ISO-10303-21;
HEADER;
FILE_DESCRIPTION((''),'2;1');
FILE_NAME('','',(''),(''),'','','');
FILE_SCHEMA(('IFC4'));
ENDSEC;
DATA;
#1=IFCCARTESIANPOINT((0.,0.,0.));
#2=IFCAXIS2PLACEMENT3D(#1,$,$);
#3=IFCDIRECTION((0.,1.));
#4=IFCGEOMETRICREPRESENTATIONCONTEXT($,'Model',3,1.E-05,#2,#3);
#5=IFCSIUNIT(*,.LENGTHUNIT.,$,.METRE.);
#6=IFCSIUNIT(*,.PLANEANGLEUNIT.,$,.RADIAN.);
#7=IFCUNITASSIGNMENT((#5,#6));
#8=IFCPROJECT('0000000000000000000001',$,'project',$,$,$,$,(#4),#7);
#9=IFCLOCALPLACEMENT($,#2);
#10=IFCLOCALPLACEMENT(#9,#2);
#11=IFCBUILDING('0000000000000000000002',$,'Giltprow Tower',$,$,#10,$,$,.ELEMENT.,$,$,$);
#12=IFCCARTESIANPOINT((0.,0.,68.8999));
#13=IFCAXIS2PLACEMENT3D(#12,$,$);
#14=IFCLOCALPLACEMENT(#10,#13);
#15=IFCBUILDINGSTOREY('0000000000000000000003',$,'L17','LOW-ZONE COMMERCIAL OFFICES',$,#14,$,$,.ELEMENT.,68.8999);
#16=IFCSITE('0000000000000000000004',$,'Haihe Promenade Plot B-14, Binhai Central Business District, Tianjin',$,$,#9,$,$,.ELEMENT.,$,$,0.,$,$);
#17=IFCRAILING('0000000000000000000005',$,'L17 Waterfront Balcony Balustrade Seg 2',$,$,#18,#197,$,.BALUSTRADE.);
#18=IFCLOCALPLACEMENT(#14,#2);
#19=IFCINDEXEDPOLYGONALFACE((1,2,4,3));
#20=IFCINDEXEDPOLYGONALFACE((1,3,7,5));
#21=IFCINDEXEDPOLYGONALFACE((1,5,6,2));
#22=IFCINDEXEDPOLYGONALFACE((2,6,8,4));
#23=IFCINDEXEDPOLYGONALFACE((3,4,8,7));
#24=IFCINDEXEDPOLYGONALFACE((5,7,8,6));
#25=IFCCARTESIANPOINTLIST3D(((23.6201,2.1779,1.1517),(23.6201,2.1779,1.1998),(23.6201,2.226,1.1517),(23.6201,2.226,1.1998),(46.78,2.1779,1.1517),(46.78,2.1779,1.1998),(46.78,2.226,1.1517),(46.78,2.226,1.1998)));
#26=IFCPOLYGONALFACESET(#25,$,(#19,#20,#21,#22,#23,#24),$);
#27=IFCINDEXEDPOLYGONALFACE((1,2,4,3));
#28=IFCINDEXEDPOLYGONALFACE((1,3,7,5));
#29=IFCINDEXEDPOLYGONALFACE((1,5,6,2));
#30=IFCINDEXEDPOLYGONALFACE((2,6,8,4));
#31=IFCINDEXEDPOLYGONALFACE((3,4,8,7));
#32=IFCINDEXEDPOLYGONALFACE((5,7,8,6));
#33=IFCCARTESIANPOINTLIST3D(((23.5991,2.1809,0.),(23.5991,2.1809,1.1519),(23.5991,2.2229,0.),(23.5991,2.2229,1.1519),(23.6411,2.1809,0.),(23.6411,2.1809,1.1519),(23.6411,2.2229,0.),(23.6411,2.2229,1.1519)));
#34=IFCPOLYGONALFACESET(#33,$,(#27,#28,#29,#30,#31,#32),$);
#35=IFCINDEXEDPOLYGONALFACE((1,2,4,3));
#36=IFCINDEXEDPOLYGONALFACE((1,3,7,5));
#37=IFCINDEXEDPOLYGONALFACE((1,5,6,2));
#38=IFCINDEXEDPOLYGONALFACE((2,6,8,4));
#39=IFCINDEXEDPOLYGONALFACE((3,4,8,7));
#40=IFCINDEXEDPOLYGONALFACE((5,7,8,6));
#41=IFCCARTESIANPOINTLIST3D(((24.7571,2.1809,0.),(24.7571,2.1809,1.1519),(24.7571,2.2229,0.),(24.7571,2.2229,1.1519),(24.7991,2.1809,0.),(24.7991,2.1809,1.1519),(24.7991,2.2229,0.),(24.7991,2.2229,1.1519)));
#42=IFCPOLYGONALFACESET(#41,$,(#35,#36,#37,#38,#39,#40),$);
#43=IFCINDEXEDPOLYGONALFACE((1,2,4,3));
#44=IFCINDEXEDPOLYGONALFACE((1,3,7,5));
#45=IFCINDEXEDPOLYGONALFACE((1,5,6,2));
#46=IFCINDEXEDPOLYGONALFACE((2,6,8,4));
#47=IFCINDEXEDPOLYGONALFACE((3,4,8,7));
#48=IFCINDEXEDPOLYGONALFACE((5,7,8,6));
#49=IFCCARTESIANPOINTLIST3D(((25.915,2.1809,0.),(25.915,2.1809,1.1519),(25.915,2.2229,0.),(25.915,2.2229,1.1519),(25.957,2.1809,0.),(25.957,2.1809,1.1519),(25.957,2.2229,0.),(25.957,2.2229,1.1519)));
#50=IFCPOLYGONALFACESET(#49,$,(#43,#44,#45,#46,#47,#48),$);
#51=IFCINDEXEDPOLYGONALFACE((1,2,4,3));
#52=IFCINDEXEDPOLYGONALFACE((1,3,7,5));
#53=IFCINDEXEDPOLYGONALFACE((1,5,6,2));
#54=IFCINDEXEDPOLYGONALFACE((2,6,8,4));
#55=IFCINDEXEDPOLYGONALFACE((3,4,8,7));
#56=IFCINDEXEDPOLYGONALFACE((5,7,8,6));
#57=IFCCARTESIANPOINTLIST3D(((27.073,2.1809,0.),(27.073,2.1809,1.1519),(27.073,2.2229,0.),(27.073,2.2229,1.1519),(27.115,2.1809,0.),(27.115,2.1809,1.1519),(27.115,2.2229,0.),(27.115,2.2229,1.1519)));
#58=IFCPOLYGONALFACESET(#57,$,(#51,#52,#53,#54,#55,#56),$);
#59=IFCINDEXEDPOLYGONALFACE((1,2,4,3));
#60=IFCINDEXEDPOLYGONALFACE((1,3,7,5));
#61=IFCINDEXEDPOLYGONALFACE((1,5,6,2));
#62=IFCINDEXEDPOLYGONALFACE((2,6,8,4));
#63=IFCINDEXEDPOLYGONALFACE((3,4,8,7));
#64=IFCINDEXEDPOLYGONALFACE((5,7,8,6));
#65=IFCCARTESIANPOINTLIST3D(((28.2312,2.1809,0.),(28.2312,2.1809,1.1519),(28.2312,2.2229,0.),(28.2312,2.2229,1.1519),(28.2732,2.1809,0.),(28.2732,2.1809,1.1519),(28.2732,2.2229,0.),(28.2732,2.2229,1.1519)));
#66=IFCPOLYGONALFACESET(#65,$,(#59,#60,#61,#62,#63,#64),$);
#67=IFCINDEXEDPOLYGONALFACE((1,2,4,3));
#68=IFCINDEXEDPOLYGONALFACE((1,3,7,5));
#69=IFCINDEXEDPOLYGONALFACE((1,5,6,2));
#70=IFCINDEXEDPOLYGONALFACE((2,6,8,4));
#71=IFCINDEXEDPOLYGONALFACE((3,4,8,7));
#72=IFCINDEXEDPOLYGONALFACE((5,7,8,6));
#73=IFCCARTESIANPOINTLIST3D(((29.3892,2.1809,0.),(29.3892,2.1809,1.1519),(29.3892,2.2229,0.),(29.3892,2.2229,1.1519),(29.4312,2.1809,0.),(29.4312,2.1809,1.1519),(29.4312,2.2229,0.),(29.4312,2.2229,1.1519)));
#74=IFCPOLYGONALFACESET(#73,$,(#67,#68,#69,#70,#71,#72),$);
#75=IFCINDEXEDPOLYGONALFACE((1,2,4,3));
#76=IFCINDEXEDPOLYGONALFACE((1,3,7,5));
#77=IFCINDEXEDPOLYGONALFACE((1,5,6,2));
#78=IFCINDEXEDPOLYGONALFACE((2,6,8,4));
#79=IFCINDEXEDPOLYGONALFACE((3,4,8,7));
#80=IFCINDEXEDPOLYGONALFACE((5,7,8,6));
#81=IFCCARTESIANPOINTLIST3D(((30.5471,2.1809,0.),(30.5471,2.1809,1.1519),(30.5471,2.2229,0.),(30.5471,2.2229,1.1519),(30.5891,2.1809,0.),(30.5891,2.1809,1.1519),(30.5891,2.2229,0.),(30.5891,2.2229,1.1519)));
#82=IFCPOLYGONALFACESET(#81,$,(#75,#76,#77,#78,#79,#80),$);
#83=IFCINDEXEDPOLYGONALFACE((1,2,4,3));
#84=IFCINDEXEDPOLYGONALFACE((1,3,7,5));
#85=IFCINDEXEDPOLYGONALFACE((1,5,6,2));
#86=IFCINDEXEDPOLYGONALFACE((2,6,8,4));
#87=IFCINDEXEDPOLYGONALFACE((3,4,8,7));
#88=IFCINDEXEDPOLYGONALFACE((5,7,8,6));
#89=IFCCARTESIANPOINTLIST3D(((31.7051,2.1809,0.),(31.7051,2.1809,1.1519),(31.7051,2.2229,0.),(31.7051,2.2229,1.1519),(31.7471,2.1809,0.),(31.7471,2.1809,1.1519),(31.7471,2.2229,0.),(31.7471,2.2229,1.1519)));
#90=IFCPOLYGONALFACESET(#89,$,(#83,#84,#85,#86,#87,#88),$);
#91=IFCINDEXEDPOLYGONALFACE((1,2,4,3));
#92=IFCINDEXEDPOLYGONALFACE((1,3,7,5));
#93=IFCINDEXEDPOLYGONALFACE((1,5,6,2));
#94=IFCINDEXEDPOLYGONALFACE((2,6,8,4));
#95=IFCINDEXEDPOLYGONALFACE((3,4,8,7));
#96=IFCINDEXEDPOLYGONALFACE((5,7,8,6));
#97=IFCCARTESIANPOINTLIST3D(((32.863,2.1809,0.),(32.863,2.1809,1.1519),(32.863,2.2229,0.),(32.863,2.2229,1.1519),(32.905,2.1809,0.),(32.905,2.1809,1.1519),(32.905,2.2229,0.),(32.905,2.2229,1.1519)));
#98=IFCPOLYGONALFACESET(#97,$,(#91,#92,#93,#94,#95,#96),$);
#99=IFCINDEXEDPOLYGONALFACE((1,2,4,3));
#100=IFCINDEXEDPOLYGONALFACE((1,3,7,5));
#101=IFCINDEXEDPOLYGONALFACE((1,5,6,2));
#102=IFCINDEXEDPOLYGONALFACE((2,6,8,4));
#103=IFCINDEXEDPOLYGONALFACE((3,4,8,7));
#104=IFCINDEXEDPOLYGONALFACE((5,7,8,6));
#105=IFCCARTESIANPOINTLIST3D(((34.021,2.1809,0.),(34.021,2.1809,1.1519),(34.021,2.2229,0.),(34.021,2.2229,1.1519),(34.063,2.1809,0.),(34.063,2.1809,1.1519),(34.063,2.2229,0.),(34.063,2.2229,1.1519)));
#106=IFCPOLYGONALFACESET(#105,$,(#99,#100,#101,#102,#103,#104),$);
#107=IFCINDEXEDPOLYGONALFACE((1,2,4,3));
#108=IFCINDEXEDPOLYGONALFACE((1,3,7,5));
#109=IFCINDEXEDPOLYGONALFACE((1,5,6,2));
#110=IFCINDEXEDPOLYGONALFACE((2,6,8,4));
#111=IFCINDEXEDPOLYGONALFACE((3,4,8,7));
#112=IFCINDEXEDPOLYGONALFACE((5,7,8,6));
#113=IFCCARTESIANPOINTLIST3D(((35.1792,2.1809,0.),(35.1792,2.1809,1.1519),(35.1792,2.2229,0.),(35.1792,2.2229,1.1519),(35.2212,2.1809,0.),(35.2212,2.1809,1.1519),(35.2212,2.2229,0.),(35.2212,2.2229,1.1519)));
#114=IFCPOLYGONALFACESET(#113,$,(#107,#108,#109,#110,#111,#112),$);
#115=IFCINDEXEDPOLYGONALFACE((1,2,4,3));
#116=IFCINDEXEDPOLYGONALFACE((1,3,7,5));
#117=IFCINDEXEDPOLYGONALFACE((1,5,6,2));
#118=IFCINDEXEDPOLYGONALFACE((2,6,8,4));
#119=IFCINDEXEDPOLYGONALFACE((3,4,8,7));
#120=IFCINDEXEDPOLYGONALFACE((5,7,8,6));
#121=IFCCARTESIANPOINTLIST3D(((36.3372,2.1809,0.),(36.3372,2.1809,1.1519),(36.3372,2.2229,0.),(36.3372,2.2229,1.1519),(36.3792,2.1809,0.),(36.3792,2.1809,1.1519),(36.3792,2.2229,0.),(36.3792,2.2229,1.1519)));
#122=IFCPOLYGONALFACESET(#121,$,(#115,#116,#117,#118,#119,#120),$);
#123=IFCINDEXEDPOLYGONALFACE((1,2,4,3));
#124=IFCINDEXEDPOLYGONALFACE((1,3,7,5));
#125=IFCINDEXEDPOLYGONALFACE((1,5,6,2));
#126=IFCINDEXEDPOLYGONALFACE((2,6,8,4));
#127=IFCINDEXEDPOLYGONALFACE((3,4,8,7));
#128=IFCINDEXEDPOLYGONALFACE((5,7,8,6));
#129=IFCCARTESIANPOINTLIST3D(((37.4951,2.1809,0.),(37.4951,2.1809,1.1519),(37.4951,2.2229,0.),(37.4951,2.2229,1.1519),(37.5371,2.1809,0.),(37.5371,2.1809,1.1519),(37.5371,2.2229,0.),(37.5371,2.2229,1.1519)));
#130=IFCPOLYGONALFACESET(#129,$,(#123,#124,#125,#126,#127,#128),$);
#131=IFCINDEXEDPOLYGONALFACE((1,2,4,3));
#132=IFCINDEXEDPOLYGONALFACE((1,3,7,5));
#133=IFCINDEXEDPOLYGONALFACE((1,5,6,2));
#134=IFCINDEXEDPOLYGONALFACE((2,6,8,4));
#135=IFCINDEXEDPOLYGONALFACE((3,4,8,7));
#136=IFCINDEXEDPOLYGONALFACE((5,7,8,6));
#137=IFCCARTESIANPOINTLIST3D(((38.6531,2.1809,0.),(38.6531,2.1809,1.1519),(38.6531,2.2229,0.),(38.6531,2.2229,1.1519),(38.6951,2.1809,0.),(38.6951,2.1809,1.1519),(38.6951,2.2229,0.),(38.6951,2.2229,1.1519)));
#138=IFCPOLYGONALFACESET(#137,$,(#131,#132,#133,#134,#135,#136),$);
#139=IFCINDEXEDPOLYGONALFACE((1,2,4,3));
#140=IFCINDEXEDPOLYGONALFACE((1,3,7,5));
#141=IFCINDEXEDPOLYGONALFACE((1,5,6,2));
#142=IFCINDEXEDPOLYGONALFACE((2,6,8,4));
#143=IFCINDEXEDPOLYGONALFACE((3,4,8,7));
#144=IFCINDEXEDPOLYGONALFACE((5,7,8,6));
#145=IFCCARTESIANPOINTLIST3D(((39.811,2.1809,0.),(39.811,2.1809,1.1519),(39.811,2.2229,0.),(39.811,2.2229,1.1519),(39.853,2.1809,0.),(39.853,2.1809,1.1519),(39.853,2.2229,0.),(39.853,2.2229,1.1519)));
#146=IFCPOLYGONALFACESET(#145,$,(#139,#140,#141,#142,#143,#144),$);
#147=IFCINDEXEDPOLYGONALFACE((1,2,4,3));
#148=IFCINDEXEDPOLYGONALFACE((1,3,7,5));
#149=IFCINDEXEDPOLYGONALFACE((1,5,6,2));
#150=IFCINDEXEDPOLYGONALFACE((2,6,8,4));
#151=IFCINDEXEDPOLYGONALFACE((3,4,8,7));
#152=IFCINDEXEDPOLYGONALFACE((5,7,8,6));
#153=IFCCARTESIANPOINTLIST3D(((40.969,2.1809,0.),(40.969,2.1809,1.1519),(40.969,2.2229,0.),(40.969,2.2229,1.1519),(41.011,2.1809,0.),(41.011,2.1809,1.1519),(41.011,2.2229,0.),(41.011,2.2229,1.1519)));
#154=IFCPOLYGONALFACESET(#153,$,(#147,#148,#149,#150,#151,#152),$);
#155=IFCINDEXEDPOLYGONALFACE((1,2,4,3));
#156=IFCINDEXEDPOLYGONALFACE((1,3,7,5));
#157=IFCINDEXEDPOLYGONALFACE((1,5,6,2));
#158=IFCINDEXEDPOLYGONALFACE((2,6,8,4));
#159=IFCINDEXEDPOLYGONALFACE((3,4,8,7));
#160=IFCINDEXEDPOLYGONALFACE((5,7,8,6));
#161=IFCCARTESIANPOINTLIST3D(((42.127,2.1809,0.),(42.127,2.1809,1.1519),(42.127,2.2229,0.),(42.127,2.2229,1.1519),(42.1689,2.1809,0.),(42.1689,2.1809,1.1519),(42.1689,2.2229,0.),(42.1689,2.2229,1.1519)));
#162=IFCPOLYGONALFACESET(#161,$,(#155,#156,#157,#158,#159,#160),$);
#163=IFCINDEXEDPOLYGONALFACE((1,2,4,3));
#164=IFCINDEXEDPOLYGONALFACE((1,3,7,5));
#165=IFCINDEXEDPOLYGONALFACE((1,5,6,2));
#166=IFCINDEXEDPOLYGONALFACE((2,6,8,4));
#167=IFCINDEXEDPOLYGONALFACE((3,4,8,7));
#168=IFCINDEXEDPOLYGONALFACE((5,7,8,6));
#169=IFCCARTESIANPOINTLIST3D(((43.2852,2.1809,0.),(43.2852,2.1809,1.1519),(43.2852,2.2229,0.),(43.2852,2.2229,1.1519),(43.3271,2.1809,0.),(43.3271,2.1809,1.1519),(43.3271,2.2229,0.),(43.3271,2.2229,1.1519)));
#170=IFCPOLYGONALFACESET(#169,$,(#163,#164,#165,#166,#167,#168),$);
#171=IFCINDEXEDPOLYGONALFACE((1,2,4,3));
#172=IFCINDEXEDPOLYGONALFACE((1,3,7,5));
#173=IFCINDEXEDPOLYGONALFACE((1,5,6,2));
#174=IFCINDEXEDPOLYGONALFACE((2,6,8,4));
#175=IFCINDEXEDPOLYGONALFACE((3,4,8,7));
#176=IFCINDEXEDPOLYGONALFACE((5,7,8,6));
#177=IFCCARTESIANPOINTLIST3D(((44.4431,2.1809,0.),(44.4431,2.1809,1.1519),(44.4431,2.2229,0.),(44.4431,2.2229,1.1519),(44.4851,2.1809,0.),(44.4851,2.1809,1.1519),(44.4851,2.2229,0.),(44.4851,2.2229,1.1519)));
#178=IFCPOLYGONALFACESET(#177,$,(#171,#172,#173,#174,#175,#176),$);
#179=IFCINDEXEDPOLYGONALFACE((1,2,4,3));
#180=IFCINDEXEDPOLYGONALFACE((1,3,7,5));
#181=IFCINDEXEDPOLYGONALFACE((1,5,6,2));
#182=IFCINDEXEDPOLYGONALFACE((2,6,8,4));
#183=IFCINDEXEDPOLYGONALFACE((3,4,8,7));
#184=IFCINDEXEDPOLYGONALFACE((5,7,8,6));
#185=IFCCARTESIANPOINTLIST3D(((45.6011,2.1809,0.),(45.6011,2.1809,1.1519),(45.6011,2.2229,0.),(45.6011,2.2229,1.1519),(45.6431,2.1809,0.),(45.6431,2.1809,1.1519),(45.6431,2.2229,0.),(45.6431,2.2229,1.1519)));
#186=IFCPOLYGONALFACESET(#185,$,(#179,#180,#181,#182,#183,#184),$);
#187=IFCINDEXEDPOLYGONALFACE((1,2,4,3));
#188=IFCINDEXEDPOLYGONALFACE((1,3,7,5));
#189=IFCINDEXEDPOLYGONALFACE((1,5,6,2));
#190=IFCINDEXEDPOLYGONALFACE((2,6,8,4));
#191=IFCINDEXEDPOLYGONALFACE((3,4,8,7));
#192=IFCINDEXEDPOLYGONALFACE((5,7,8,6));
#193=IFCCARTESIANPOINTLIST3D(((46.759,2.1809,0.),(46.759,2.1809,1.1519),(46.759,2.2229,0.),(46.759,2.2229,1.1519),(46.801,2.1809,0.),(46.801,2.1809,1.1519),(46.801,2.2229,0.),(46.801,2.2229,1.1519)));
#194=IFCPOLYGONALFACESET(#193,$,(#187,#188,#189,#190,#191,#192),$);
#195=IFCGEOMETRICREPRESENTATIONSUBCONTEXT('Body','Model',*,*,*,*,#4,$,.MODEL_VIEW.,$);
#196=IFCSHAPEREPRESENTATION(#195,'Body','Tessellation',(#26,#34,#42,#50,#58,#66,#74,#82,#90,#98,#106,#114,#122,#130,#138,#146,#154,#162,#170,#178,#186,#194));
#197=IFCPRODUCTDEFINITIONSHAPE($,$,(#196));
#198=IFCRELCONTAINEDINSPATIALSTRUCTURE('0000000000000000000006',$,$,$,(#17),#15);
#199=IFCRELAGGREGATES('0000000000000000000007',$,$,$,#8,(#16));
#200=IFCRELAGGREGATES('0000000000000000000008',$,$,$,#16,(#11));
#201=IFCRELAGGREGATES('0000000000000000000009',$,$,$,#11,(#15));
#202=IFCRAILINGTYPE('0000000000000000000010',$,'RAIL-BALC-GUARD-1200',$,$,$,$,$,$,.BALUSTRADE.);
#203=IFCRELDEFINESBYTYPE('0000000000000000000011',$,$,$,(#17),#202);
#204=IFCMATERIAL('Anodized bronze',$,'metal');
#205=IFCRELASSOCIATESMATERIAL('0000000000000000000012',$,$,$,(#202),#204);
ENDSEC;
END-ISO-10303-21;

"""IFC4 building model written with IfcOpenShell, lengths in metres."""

from ifc_helpers import new_model, si_unit, direction, frame, origin, origin_2d, place, context, subcontext, project, spatial, rectangle, extrude, material, type_object, element, save


model = new_model("IFC4")

# Units and contexts
model_context = context("Model", 3, precision=1e-05, world=origin(), true_north=direction((0.0, 1.0)))
body_context = subcontext(model_context, "Body", "Model", "MODEL_VIEW")
ifc_project = project(units=[si_unit("LENGTHUNIT", "METRE"), si_unit("PLANEANGLEUNIT", "RADIAN")], contexts=[model_context])

# Site, building, storey
site_placement = place(None, origin())
site = spatial("IfcSite", under=ifc_project, at=site_placement, Name="Haihe Promenade Plot B-14, Binhai Central Business District, Tianjin", CompositionType="ELEMENT", RefElevation=0.0)
building_placement = place(site_placement, origin())
building = spatial("IfcBuilding", under=site, at=building_placement, Name="Giltprow Tower", CompositionType="ELEMENT")
storey_placement = place(building_placement, frame((0.0, 0.0, 68.8999)))
storey = spatial("IfcBuildingStorey", under=building, at=storey_placement, Name="L17", Description="LOW-ZONE COMMERCIAL OFFICES", CompositionType="ELEMENT", Elevation=68.8999)

# Railing
ifc_material_1 = material(Name="Anodized bronze", Category="metal")
railing_type = type_object("IfcRailingType", Name="RAIL-BALC-GUARD-1200", PredefinedType="BALUSTRADE", material=ifc_material_1)
railing_1_placement = place(storey_placement, frame((23.6201, 2.2019, 0.0)))
element("IfcRailing", 1, at=railing_1_placement, inside=storey, type_object=railing_type, Name="L17 Waterfront Balcony Balustrade Seg 2", PredefinedType="BALUSTRADE", context=body_context, shape_type="SweptSolid", body=[
    extrude(rectangle(XDim=0.0481, YDim=0.0481, at=origin_2d()), frame((0.0, 0.0, 1.1758), z_axis=(1.0, 0.0, 0.0), x_axis=(0.0, 1.0, 0.0)), (0.0, 0.0, 1.0), 23.1599),
    extrude(rectangle(XDim=0.042, YDim=0.042, at=origin_2d()), origin(), (0.0, 0.0, 1.0), 1.1519),
    extrude(rectangle(XDim=0.042, YDim=0.042, at=origin_2d()), frame((1.158, 0.0, 0.0)), (0.0, 0.0, 1.0), 1.1519),
    extrude(rectangle(XDim=0.042, YDim=0.042, at=origin_2d()), frame((2.3159, 0.0, 0.0)), (0.0, 0.0, 1.0), 1.1519),
    extrude(rectangle(XDim=0.042, YDim=0.042, at=origin_2d()), frame((3.4739, 0.0, 0.0)), (0.0, 0.0, 1.0), 1.1519),
    extrude(rectangle(XDim=0.042, YDim=0.042, at=origin_2d()), frame((4.6321, 0.0, 0.0)), (0.0, 0.0, 1.0), 1.1519),
    extrude(rectangle(XDim=0.042, YDim=0.042, at=origin_2d()), frame((5.79, 0.0, 0.0)), (0.0, 0.0, 1.0), 1.1519),
    extrude(rectangle(XDim=0.042, YDim=0.042, at=origin_2d()), frame((6.948, 0.0, 0.0)), (0.0, 0.0, 1.0), 1.1519),
    extrude(rectangle(XDim=0.042, YDim=0.042, at=origin_2d()), frame((8.106, 0.0, 0.0)), (0.0, 0.0, 1.0), 1.1519),
    extrude(rectangle(XDim=0.042, YDim=0.042, at=origin_2d()), frame((9.2639, 0.0, 0.0)), (0.0, 0.0, 1.0), 1.1519),
    extrude(rectangle(XDim=0.042, YDim=0.042, at=origin_2d()), frame((10.4219, 0.0, 0.0)), (0.0, 0.0, 1.0), 1.1519),
    extrude(rectangle(XDim=0.042, YDim=0.042, at=origin_2d()), frame((11.5801, 0.0, 0.0)), (0.0, 0.0, 1.0), 1.1519),
    extrude(rectangle(XDim=0.042, YDim=0.042, at=origin_2d()), frame((12.738, 0.0, 0.0)), (0.0, 0.0, 1.0), 1.1519),
    extrude(rectangle(XDim=0.042, YDim=0.042, at=origin_2d()), frame((13.896, 0.0, 0.0)), (0.0, 0.0, 1.0), 1.1519),
    extrude(rectangle(XDim=0.042, YDim=0.042, at=origin_2d()), frame((15.054, 0.0, 0.0)), (0.0, 0.0, 1.0), 1.1519),
    extrude(rectangle(XDim=0.042, YDim=0.042, at=origin_2d()), frame((16.2119, 0.0, 0.0)), (0.0, 0.0, 1.0), 1.1519),
    extrude(rectangle(XDim=0.042, YDim=0.042, at=origin_2d()), frame((17.3699, 0.0, 0.0)), (0.0, 0.0, 1.0), 1.1519),
    extrude(rectangle(XDim=0.042, YDim=0.042, at=origin_2d()), frame((18.5278, 0.0, 0.0)), (0.0, 0.0, 1.0), 1.1519),
    extrude(rectangle(XDim=0.042, YDim=0.042, at=origin_2d()), frame((19.686, 0.0, 0.0)), (0.0, 0.0, 1.0), 1.1519),
    extrude(rectangle(XDim=0.042, YDim=0.042, at=origin_2d()), frame((20.844, 0.0, 0.0)), (0.0, 0.0, 1.0), 1.1519),
    extrude(rectangle(XDim=0.042, YDim=0.042, at=origin_2d()), frame((22.002, 0.0, 0.0)), (0.0, 0.0, 1.0), 1.1519),
    extrude(rectangle(XDim=0.042, YDim=0.042, at=origin_2d()), frame((23.1599, 0.0, 0.0)), (0.0, 0.0, 1.0), 1.1519),
])

save(model, "model.ifc")
